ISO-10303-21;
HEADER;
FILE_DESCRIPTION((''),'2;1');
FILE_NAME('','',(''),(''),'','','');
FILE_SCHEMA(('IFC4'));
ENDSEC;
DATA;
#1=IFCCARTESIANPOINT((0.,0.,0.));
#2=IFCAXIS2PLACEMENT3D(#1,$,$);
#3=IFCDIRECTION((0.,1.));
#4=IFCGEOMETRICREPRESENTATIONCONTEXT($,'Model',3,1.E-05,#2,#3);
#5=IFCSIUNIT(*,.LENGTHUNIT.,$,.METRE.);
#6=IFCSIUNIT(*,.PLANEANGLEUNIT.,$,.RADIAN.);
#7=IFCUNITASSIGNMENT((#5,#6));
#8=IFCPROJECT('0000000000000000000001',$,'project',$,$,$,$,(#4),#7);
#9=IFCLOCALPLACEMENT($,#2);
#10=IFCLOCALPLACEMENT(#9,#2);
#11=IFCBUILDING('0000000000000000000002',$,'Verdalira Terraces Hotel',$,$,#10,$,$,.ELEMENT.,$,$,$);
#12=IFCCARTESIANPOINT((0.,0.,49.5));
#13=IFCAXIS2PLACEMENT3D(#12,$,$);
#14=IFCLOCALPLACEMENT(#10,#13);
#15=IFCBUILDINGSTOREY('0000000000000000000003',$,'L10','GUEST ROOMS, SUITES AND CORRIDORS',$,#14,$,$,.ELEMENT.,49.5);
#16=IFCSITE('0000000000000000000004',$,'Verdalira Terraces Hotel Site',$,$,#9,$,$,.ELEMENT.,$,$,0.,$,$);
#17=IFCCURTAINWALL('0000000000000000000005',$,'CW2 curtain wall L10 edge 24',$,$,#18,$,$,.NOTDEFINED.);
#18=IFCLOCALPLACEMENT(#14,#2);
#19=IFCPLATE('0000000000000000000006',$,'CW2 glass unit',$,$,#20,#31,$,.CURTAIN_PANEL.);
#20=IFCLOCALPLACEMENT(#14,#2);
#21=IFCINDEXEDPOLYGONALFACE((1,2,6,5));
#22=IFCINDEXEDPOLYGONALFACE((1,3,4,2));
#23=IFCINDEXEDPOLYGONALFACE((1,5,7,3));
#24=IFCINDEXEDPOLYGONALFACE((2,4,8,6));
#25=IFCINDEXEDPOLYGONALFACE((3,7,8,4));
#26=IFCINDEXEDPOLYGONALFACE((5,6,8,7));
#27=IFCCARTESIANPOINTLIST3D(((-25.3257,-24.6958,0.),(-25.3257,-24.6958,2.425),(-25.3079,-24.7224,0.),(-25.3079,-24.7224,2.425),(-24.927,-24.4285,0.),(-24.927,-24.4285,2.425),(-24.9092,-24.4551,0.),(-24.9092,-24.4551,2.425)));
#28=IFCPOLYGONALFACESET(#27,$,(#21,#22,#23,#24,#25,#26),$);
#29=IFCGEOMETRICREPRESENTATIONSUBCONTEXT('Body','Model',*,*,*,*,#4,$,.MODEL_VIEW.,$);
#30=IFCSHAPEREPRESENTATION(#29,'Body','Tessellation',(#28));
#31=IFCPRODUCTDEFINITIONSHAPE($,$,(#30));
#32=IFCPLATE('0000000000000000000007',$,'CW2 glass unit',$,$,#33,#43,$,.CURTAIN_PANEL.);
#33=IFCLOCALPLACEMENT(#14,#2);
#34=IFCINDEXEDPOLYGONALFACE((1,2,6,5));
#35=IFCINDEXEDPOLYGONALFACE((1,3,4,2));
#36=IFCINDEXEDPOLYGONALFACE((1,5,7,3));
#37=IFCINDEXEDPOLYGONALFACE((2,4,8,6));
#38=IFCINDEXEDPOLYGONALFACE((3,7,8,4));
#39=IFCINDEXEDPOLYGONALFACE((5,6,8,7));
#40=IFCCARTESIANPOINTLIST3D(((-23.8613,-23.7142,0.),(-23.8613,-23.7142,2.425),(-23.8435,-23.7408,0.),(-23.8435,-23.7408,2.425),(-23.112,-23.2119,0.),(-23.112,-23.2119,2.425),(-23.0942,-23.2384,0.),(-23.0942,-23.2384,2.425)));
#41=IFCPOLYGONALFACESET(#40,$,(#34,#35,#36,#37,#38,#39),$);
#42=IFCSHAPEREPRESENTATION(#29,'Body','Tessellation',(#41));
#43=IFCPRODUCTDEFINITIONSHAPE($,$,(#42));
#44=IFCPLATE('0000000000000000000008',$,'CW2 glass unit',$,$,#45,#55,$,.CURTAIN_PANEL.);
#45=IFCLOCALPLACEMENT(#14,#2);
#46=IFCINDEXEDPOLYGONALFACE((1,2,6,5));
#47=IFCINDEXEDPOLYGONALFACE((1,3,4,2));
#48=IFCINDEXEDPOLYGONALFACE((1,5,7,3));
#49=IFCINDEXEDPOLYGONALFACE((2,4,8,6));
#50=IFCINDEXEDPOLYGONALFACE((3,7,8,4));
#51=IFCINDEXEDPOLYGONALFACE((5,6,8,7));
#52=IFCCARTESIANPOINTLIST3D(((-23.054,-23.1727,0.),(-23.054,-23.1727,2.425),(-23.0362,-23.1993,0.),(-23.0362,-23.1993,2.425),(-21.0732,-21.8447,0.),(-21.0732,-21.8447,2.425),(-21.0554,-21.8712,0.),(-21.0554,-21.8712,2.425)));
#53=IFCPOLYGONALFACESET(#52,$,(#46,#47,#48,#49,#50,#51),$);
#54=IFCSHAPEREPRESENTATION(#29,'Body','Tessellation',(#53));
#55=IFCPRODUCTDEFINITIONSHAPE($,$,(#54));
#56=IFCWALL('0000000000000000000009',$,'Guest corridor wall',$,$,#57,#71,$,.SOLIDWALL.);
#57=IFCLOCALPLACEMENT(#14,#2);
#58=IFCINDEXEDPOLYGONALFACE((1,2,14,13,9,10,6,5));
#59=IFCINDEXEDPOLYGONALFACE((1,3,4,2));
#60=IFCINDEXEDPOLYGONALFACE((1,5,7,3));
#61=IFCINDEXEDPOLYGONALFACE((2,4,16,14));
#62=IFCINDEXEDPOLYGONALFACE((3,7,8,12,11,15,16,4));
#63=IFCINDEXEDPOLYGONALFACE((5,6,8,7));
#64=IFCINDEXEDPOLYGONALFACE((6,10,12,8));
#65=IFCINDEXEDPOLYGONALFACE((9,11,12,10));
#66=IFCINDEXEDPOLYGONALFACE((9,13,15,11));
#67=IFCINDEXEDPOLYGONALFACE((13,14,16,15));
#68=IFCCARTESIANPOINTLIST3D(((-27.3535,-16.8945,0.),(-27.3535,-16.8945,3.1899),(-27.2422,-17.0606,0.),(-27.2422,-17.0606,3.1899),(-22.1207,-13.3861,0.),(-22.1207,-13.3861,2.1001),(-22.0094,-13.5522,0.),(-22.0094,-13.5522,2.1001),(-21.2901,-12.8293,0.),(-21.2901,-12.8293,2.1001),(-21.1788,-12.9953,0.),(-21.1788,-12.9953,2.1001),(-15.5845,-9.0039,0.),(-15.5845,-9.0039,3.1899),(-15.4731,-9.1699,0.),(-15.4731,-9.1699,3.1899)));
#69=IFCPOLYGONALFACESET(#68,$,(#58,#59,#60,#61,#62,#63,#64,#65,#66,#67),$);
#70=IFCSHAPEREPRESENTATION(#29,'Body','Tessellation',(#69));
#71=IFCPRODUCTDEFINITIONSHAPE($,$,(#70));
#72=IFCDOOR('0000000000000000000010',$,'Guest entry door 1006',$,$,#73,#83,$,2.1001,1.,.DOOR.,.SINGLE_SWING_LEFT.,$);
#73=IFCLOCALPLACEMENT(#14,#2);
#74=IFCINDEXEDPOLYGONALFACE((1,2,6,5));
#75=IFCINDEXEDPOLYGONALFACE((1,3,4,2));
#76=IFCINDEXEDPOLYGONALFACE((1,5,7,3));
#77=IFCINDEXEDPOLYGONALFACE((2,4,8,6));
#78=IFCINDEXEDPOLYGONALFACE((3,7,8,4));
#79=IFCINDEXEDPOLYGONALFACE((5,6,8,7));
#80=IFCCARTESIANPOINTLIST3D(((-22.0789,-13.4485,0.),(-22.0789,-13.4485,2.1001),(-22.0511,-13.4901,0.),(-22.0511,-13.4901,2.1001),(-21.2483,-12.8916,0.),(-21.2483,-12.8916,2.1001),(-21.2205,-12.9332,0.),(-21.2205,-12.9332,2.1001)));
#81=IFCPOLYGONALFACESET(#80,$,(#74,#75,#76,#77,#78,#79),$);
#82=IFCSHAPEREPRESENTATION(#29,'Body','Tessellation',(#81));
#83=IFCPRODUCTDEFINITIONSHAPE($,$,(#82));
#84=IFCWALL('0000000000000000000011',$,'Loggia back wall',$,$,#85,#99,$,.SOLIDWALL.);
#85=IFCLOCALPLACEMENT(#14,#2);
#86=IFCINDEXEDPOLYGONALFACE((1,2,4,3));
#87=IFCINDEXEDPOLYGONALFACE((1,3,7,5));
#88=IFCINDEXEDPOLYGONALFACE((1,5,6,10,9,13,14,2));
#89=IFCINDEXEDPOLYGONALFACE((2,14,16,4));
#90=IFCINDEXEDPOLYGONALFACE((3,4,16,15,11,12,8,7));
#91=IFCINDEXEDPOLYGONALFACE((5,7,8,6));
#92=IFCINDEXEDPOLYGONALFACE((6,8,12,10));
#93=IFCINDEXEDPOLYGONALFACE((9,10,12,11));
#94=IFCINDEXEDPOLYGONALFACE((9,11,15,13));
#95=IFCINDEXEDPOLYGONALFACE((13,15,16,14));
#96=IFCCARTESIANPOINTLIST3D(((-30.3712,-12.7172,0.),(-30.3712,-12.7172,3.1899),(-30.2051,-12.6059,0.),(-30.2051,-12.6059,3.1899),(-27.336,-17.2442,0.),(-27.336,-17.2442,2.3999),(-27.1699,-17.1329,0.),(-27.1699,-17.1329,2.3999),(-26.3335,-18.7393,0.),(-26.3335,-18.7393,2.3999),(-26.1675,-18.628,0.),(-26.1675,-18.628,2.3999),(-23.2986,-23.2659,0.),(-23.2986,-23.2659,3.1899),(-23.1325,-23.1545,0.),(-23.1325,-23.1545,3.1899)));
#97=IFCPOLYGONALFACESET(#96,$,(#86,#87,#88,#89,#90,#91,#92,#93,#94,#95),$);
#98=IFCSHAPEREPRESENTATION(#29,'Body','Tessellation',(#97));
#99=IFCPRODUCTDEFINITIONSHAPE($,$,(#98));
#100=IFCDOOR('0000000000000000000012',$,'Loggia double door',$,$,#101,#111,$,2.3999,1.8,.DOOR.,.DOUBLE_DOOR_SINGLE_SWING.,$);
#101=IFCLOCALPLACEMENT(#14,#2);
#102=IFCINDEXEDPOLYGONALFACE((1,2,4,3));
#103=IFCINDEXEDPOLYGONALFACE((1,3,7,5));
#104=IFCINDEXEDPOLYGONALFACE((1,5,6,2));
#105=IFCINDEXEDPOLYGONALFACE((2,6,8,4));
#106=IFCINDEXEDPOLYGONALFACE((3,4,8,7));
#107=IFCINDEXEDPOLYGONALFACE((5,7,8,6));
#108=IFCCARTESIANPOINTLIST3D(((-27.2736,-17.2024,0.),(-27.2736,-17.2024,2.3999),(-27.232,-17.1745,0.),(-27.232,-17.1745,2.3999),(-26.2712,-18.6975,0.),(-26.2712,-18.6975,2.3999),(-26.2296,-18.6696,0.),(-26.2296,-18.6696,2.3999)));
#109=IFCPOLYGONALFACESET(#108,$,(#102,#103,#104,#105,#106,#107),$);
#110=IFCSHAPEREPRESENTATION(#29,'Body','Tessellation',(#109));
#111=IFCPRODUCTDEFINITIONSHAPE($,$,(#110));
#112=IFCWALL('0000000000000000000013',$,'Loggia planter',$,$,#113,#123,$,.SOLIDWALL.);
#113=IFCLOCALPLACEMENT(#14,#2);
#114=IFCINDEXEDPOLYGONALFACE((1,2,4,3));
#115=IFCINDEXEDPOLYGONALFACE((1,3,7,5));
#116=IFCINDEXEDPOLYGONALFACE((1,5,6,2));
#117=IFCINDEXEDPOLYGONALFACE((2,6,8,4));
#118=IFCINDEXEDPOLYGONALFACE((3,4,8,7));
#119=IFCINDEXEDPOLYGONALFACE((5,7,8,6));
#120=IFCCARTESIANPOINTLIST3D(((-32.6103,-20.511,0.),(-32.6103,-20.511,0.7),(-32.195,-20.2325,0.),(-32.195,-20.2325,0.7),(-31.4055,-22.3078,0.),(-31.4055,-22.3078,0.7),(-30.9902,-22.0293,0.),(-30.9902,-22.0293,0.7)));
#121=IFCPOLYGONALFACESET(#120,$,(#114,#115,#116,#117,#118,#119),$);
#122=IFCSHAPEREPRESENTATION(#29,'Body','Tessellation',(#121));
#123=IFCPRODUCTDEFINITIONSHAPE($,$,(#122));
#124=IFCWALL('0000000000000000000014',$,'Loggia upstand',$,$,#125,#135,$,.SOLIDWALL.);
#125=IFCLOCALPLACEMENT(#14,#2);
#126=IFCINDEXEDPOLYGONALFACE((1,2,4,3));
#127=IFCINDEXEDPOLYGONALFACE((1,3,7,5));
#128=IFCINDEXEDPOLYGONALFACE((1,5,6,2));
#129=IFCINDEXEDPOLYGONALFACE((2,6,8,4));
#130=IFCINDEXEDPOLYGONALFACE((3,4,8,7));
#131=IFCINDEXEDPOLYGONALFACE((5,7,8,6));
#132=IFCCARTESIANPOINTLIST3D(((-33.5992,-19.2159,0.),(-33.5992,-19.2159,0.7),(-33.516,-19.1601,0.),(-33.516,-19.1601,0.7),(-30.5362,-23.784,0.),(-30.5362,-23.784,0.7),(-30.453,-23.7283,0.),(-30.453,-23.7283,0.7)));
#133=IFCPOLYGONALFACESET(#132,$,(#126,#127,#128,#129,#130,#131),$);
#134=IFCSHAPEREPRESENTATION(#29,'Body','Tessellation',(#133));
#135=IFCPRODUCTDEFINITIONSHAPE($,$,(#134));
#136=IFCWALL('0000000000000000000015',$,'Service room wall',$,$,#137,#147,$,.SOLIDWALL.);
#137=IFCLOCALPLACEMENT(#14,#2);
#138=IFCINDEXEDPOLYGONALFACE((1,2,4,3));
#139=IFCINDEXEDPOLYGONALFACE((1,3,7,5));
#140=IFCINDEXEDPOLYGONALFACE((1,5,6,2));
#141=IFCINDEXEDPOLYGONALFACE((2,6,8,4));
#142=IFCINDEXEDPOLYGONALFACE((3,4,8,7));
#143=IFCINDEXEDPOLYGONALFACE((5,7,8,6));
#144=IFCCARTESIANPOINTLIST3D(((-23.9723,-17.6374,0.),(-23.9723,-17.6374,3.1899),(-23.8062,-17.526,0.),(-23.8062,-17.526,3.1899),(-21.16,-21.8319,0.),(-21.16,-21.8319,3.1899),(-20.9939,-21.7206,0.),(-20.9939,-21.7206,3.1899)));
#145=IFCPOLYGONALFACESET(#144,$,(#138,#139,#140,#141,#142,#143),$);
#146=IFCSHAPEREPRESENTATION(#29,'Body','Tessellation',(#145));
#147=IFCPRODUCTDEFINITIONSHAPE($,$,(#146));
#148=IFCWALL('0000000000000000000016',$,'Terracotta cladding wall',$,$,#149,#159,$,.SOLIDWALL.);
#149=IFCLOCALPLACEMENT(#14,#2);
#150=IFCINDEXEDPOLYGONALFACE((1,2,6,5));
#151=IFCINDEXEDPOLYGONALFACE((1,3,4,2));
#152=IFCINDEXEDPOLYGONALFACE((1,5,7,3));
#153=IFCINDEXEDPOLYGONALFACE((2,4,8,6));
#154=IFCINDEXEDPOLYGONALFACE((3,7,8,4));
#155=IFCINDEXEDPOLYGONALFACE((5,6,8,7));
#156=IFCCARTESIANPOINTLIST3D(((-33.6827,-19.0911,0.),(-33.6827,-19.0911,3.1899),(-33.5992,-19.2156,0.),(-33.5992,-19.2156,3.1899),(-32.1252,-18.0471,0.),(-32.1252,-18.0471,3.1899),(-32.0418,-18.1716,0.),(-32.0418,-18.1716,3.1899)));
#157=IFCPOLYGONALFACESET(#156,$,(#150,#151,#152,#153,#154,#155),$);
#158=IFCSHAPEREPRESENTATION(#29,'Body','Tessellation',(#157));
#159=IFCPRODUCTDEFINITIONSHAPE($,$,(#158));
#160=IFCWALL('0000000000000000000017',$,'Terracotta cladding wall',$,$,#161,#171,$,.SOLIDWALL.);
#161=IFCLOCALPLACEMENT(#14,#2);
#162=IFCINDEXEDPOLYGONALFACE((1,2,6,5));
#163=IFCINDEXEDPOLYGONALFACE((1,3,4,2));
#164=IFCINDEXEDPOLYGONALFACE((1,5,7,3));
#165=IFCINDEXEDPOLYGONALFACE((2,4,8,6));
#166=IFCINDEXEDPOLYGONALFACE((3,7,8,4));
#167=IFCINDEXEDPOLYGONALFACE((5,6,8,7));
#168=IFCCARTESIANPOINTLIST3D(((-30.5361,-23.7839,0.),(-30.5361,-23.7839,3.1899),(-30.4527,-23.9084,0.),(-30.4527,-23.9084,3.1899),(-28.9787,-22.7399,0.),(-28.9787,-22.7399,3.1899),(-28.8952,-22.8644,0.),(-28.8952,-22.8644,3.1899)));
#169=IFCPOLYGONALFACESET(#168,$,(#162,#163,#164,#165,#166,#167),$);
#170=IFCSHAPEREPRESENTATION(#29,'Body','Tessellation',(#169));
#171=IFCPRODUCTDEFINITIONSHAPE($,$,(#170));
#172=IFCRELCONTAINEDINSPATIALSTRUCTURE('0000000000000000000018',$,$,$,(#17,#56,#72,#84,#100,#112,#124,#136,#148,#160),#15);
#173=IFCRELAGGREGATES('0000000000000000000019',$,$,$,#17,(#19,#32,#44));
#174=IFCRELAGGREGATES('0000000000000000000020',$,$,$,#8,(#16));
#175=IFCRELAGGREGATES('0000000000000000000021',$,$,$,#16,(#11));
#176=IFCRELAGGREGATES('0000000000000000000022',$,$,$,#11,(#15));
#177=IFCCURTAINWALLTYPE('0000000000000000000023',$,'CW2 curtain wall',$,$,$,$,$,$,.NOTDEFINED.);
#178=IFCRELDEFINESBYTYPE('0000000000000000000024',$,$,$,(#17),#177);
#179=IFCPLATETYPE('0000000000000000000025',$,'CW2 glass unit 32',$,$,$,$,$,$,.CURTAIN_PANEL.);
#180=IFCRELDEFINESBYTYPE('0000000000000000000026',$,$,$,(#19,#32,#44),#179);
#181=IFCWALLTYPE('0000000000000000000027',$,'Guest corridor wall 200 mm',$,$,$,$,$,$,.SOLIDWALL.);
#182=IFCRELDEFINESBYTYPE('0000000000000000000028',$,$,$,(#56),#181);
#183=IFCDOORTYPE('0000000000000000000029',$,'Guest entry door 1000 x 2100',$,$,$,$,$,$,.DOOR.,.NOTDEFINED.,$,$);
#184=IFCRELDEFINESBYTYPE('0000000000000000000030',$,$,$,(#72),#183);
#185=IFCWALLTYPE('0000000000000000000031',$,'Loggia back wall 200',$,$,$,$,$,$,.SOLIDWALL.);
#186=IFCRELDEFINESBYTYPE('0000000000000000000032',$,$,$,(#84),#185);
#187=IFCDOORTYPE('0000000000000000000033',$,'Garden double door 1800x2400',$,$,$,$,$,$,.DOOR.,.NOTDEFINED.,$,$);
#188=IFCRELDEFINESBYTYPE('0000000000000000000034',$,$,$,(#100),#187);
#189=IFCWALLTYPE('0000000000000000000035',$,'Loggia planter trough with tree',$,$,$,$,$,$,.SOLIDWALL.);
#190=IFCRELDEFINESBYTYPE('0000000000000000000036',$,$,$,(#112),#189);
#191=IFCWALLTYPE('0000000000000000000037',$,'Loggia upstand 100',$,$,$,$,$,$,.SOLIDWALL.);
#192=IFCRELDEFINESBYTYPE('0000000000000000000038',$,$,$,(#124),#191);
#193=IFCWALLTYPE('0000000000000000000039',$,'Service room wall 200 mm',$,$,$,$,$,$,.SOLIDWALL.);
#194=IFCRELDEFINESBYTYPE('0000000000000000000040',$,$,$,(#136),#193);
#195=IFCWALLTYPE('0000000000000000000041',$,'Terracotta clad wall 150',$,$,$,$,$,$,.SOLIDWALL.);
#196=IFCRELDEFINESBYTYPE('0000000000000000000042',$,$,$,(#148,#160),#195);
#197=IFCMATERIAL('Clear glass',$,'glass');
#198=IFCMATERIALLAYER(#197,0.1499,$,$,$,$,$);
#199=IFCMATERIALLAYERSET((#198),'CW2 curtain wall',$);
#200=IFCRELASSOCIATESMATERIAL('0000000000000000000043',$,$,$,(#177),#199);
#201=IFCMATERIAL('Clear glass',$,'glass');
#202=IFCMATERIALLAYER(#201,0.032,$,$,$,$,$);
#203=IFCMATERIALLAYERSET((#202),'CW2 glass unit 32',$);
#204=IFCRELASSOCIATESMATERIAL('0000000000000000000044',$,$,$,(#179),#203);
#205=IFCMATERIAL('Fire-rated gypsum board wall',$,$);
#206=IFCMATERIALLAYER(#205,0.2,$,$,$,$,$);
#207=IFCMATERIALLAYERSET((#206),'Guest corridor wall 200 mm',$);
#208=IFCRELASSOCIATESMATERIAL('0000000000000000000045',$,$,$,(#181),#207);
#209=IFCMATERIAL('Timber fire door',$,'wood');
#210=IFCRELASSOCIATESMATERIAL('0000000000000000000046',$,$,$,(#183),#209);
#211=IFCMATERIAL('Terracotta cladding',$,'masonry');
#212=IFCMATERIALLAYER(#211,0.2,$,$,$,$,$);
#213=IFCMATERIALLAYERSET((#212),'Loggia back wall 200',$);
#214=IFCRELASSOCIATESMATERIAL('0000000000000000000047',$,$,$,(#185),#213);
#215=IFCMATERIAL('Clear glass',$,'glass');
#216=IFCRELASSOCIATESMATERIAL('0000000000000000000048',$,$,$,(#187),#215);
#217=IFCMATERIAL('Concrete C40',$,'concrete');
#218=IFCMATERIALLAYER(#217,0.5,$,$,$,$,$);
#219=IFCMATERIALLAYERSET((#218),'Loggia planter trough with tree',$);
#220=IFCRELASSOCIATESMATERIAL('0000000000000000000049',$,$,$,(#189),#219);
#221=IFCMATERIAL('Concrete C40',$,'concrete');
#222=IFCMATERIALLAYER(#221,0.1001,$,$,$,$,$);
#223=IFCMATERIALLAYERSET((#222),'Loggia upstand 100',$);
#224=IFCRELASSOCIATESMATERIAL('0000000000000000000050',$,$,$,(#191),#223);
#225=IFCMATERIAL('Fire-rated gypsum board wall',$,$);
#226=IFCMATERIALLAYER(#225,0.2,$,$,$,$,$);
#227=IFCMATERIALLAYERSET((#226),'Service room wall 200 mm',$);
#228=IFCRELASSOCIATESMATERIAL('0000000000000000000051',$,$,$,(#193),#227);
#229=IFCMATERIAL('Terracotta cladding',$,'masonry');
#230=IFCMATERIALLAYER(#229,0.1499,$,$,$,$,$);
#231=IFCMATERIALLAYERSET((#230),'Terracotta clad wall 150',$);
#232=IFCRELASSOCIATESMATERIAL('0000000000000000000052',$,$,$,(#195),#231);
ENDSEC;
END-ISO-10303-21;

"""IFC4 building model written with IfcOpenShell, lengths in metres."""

from ifc_helpers import new_model, si_unit, direction, frame, frame_2d, origin, origin_2d, place, context, subcontext, project, spatial, rectangle, extrude, material, layer, layer_set, type_object, element, fill, aggregate, save


model = new_model("IFC4")

# Units and contexts
model_context = context("Model", 3, precision=1e-05, world=origin(), true_north=direction((0.0, 1.0)))
body_context = subcontext(model_context, "Body", "Model", "MODEL_VIEW")
ifc_project = project(units=[si_unit("LENGTHUNIT", "METRE"), si_unit("PLANEANGLEUNIT", "RADIAN")], contexts=[model_context])

# Site, building, storey
site_placement = place(None, origin())
site = spatial("IfcSite", under=ifc_project, at=site_placement, Name="Verdalira Terraces Hotel Site", CompositionType="ELEMENT", RefElevation=0.0)
building_placement = place(site_placement, origin())
building = spatial("IfcBuilding", under=site, at=building_placement, Name="Verdalira Terraces Hotel", CompositionType="ELEMENT")
storey_placement = place(building_placement, frame((0.0, 0.0, 49.5)))
storey = spatial("IfcBuildingStorey", under=building, at=storey_placement, Name="L10", Description="GUEST ROOMS, SUITES AND CORRIDORS", CompositionType="ELEMENT", Elevation=49.5)

# Curtain wall
ifc_material_1 = material(Name="Clear glass", Category="glass")
ifc_layer_1 = layer(ifc_material_1, 0.1499)
ifc_layer_set_1 = layer_set([ifc_layer_1], Name="CW2 curtain wall")
curtain_wall_type = type_object("IfcCurtainWallType", Name="CW2 curtain wall", PredefinedType="NOTDEFINED", material=ifc_layer_set_1)
curtain_wall_placement = place(storey_placement, origin())
curtain_wall = element("IfcCurtainWall", 1, at=curtain_wall_placement, inside=storey, type_object=curtain_wall_type, Name="CW2 curtain wall L10 edge 24", PredefinedType="NOTDEFINED")

# Plates
ifc_material_2 = material(Name="Clear glass", Category="glass")
ifc_layer_2 = layer(ifc_material_2, 0.032)
ifc_layer_set_2 = layer_set([ifc_layer_2], Name="CW2 glass unit 32")
plate_type = type_object("IfcPlateType", Name="CW2 glass unit 32", PredefinedType="CURTAIN_PANEL", material=ifc_layer_set_2)
plate_1_placement = place(storey_placement, frame((-25.1174, -24.5754, 0.0), z_axis=(0.0, 0.0, 1.0), x_axis=(0.830596, 0.556876, 0.0)))
plate_1 = element("IfcPlate", 2, at=plate_1_placement, type_object=plate_type, Name="CW2 glass unit", PredefinedType="CURTAIN_PANEL", context=body_context, shape_type="SweptSolid", body=[
    extrude(rectangle(XDim=0.48, YDim=0.032, at=origin_2d()), origin(), (0.0, 0.0, 1.0), 2.425),
])
plate_2_placement = place(storey_placement, frame((-23.4778, -23.4763, 0.0), z_axis=(0.0, 0.0, 1.0), x_axis=(0.830596, 0.556876, 0.0)))
plate_2 = element("IfcPlate", 3, at=plate_2_placement, type_object=plate_type, Name="CW2 glass unit", PredefinedType="CURTAIN_PANEL", context=body_context, shape_type="SweptSolid", body=[
    extrude(rectangle(XDim=0.9021, YDim=0.032, at=origin_2d()), origin(), (0.0, 0.0, 1.0), 2.425),
])
plate_3_placement = place(storey_placement, frame((-22.0547, -22.522, 0.0), z_axis=(0.0, 0.0, 1.0), x_axis=(0.830596, 0.556876, 0.0)))
plate_3 = element("IfcPlate", 4, at=plate_3_placement, type_object=plate_type, Name="CW2 glass unit", PredefinedType="CURTAIN_PANEL", context=body_context, shape_type="SweptSolid", body=[
    extrude(rectangle(XDim=2.3848, YDim=0.032, at=origin_2d()), origin(), (0.0, 0.0, 1.0), 2.425),
])
aggregate(curtain_wall, [plate_1, plate_2, plate_3])

# Walls, openings, doors
ifc_material_3 = material(Name="Fire-rated gypsum board wall")
ifc_layer_3 = layer(ifc_material_3, 0.2)
ifc_layer_set_3 = layer_set([ifc_layer_3], Name="Guest corridor wall 200 mm")
wall_type_1 = type_object("IfcWallType", Name="Guest corridor wall 200 mm", PredefinedType="SOLIDWALL", material=ifc_layer_set_3)
wall_1_placement = place(storey_placement, frame((-27.2979, -16.9775, 0.0), z_axis=(0.0, 0.0, 1.0), x_axis=(0.830595, 0.556877, 0.0)))
wall_1 = element("IfcWall", 5, at=wall_1_placement, inside=storey, type_object=wall_type_1, Name="Guest corridor wall", PredefinedType="SOLIDWALL", context=body_context, shape_type="SweptSolid", body=[
    extrude(rectangle(XDim=14.1694, YDim=0.2, at=frame_2d((7.0847, 0.0))), origin(), (0.0, 0.0, 1.0), 3.1899),
])
opening_1_placement = place(wall_1_placement, frame((6.3, 0.0, 0.0)))
opening_1 = element("IfcOpeningElement", 6, at=opening_1_placement, cuts=wall_1, PredefinedType="OPENING", context=body_context, shape_type="SweptSolid", body=[
    extrude(rectangle(XDim=1.0, YDim=2.1001, at=frame_2d((0.5, 1.05))), frame((0.0, 0.1099, 0.0), z_axis=(0.0, -1.0, 0.0), x_axis=(1.0, 0.0, 0.0)), (0.0, 0.0, 1.0), 0.22),
])
ifc_material_4 = material(Name="Timber fire door", Category="wood")
door_type_1 = type_object("IfcDoorType", Name="Guest entry door 1000 x 2100", OperationType="NOTDEFINED", PredefinedType="DOOR", material=ifc_material_4)
door_1_placement = place(opening_1_placement, origin())
door_1 = element("IfcDoor", 7, at=door_1_placement, inside=storey, type_object=door_type_1, Name="Guest entry door 1006", OperationType="SINGLE_SWING_LEFT", OverallHeight=2.1001, OverallWidth=1.0, PredefinedType="DOOR", context=body_context, shape_type="SweptSolid", body=[
    extrude(rectangle(XDim=1.0, YDim=2.1001, at=frame_2d((0.5, 1.05))), frame((0.0, 0.0249, 0.0), z_axis=(0.0, -1.0, 0.0), x_axis=(1.0, 0.0, 0.0)), (0.0, 0.0, 1.0), 0.05),
])
fill(opening_1, door_1)
ifc_material_5 = material(Name="Terracotta cladding", Category="masonry")
ifc_layer_4 = layer(ifc_material_5, 0.2)
ifc_layer_set_4 = layer_set([ifc_layer_4], Name="Loggia back wall 200")
wall_type_2 = type_object("IfcWallType", Name="Loggia back wall 200", PredefinedType="SOLIDWALL", material=ifc_layer_set_4)
wall_2_placement = place(storey_placement, frame((-23.2156, -23.2102, 0.0), z_axis=(0.0, 0.0, 1.0), x_axis=(-0.556885, 0.830589, 0.0)))
wall_2 = element("IfcWall", 8, at=wall_2_placement, inside=storey, type_object=wall_type_2, Name="Loggia back wall", PredefinedType="SOLIDWALL", context=body_context, shape_type="SweptSolid", body=[
    extrude(rectangle(XDim=12.7002, YDim=0.2, at=frame_2d((6.3501, 0.0))), origin(), (0.0, 0.0, 1.0), 3.1899),
])
opening_2_placement = place(wall_2_placement, frame((5.45, 0.0, 0.0)))
opening_2 = element("IfcOpeningElement", 9, at=opening_2_placement, cuts=wall_2, PredefinedType="OPENING", context=body_context, shape_type="SweptSolid", body=[
    extrude(rectangle(XDim=1.8, YDim=2.3999, at=frame_2d((0.8999, 1.2))), frame((0.0, 0.1099, 0.0), z_axis=(0.0, -1.0, 0.0), x_axis=(1.0, 0.0, 0.0)), (0.0, 0.0, 1.0), 0.22),
])
ifc_material_6 = material(Name="Clear glass", Category="glass")
door_type_2 = type_object("IfcDoorType", Name="Garden double door 1800x2400", OperationType="NOTDEFINED", PredefinedType="DOOR", material=ifc_material_6)
door_2_placement = place(opening_2_placement, origin())
door_2 = element("IfcDoor", 10, at=door_2_placement, inside=storey, type_object=door_type_2, Name="Loggia double door", OperationType="DOUBLE_DOOR_SINGLE_SWING", OverallHeight=2.3999, OverallWidth=1.8, PredefinedType="DOOR", context=body_context, shape_type="SweptSolid", body=[
    extrude(rectangle(XDim=1.8, YDim=2.3999, at=frame_2d((0.8999, 1.2))), frame((0.0, 0.0249, 0.0), z_axis=(0.0, -1.0, 0.0), x_axis=(1.0, 0.0, 0.0)), (0.0, 0.0, 1.0), 0.05),
])
fill(opening_2, door_2)

# Walls
ifc_material_7 = material(Name="Concrete C40", Category="concrete")
ifc_layer_5 = layer(ifc_material_7, 0.5)
ifc_layer_set_5 = layer_set([ifc_layer_5], Name="Loggia planter trough with tree")
wall_type_3 = type_object("IfcWallType", Name="Loggia planter trough with tree", PredefinedType="SOLIDWALL", material=ifc_layer_set_5)
wall_3_placement = place(storey_placement, frame((-32.4026, -20.3718, 0.0), z_axis=(0.0, 0.0, 1.0), x_axis=(0.556912, -0.830572, 0.0)))
element("IfcWall", 11, at=wall_3_placement, inside=storey, type_object=wall_type_3, Name="Loggia planter", PredefinedType="SOLIDWALL", context=body_context, shape_type="SweptSolid", body=[
    extrude(rectangle(XDim=2.1633, YDim=0.5, at=frame_2d((1.0815, 0.0))), origin(), (0.0, 0.0, 1.0), 0.7),
])
ifc_material_8 = material(Name="Concrete C40", Category="concrete")
ifc_layer_6 = layer(ifc_material_8, 0.1001)
ifc_layer_set_6 = layer_set([ifc_layer_6], Name="Loggia upstand 100")
wall_type_4 = type_object("IfcWallType", Name="Loggia upstand 100", PredefinedType="SOLIDWALL", material=ifc_layer_set_6)
wall_4_placement = place(storey_placement, frame((-33.5576, -19.188, 0.0), z_axis=(0.0, 0.0, 1.0), x_axis=(0.556911, -0.830572, 0.0)))
element("IfcWall", 12, at=wall_4_placement, inside=storey, type_object=wall_type_4, Name="Loggia upstand", PredefinedType="SOLIDWALL", context=body_context, shape_type="SweptSolid", body=[
    extrude(rectangle(XDim=5.5, YDim=0.1001, at=frame_2d((2.75, 0.0))), origin(), (0.0, 0.0, 1.0), 0.7),
])
ifc_material_9 = material(Name="Fire-rated gypsum board wall")
ifc_layer_7 = layer(ifc_material_9, 0.2)
ifc_layer_set_7 = layer_set([ifc_layer_7], Name="Service room wall 200 mm")
wall_type_5 = type_object("IfcWallType", Name="Service room wall 200 mm", PredefinedType="SOLIDWALL", material=ifc_layer_set_7)
wall_5_placement = place(storey_placement, frame((-23.8892, -17.5818, 0.0), z_axis=(0.0, 0.0, 1.0), x_axis=(0.556874, -0.830597, 0.0)))
element("IfcWall", 13, at=wall_5_placement, inside=storey, type_object=wall_type_5, Name="Service room wall", PredefinedType="SOLIDWALL", context=body_context, shape_type="SweptSolid", body=[
    extrude(rectangle(XDim=5.05, YDim=0.2, at=frame_2d((2.5249, 0.0))), origin(), (0.0, 0.0, 1.0), 3.1899),
])
ifc_material_10 = material(Name="Terracotta cladding", Category="masonry")
ifc_layer_8 = layer(ifc_material_10, 0.1499)
ifc_layer_set_8 = layer_set([ifc_layer_8], Name="Terracotta clad wall 150")
wall_type_6 = type_object("IfcWallType", Name="Terracotta clad wall 150", PredefinedType="SOLIDWALL", material=ifc_layer_set_8)
for number, where, z_axis, x_axis, name in (
    (14, (-32.0835, -18.1094, 0.0), (0.0, 0.0, 1.0), (-0.830645, -0.556802, 0.0), "Terracotta cladding wall"),
    (15, (-30.4944, -23.8462, 0.0), (0.0, 0.0, 1.0), (0.830645, 0.556802, 0.0), "Terracotta cladding wall"),
):
    element("IfcWall", number, at=place(storey_placement, frame(where, z_axis=z_axis, x_axis=x_axis)), inside=storey, type_object=wall_type_6, Name=name, PredefinedType="SOLIDWALL", context=body_context, shape_type="SweptSolid", body=[
        extrude(rectangle(XDim=1.875, YDim=0.1499, at=frame_2d((0.9375, 0.0))), origin(), (0.0, 0.0, 1.0), 3.1899),
    ])

save(model, "model.ifc")
